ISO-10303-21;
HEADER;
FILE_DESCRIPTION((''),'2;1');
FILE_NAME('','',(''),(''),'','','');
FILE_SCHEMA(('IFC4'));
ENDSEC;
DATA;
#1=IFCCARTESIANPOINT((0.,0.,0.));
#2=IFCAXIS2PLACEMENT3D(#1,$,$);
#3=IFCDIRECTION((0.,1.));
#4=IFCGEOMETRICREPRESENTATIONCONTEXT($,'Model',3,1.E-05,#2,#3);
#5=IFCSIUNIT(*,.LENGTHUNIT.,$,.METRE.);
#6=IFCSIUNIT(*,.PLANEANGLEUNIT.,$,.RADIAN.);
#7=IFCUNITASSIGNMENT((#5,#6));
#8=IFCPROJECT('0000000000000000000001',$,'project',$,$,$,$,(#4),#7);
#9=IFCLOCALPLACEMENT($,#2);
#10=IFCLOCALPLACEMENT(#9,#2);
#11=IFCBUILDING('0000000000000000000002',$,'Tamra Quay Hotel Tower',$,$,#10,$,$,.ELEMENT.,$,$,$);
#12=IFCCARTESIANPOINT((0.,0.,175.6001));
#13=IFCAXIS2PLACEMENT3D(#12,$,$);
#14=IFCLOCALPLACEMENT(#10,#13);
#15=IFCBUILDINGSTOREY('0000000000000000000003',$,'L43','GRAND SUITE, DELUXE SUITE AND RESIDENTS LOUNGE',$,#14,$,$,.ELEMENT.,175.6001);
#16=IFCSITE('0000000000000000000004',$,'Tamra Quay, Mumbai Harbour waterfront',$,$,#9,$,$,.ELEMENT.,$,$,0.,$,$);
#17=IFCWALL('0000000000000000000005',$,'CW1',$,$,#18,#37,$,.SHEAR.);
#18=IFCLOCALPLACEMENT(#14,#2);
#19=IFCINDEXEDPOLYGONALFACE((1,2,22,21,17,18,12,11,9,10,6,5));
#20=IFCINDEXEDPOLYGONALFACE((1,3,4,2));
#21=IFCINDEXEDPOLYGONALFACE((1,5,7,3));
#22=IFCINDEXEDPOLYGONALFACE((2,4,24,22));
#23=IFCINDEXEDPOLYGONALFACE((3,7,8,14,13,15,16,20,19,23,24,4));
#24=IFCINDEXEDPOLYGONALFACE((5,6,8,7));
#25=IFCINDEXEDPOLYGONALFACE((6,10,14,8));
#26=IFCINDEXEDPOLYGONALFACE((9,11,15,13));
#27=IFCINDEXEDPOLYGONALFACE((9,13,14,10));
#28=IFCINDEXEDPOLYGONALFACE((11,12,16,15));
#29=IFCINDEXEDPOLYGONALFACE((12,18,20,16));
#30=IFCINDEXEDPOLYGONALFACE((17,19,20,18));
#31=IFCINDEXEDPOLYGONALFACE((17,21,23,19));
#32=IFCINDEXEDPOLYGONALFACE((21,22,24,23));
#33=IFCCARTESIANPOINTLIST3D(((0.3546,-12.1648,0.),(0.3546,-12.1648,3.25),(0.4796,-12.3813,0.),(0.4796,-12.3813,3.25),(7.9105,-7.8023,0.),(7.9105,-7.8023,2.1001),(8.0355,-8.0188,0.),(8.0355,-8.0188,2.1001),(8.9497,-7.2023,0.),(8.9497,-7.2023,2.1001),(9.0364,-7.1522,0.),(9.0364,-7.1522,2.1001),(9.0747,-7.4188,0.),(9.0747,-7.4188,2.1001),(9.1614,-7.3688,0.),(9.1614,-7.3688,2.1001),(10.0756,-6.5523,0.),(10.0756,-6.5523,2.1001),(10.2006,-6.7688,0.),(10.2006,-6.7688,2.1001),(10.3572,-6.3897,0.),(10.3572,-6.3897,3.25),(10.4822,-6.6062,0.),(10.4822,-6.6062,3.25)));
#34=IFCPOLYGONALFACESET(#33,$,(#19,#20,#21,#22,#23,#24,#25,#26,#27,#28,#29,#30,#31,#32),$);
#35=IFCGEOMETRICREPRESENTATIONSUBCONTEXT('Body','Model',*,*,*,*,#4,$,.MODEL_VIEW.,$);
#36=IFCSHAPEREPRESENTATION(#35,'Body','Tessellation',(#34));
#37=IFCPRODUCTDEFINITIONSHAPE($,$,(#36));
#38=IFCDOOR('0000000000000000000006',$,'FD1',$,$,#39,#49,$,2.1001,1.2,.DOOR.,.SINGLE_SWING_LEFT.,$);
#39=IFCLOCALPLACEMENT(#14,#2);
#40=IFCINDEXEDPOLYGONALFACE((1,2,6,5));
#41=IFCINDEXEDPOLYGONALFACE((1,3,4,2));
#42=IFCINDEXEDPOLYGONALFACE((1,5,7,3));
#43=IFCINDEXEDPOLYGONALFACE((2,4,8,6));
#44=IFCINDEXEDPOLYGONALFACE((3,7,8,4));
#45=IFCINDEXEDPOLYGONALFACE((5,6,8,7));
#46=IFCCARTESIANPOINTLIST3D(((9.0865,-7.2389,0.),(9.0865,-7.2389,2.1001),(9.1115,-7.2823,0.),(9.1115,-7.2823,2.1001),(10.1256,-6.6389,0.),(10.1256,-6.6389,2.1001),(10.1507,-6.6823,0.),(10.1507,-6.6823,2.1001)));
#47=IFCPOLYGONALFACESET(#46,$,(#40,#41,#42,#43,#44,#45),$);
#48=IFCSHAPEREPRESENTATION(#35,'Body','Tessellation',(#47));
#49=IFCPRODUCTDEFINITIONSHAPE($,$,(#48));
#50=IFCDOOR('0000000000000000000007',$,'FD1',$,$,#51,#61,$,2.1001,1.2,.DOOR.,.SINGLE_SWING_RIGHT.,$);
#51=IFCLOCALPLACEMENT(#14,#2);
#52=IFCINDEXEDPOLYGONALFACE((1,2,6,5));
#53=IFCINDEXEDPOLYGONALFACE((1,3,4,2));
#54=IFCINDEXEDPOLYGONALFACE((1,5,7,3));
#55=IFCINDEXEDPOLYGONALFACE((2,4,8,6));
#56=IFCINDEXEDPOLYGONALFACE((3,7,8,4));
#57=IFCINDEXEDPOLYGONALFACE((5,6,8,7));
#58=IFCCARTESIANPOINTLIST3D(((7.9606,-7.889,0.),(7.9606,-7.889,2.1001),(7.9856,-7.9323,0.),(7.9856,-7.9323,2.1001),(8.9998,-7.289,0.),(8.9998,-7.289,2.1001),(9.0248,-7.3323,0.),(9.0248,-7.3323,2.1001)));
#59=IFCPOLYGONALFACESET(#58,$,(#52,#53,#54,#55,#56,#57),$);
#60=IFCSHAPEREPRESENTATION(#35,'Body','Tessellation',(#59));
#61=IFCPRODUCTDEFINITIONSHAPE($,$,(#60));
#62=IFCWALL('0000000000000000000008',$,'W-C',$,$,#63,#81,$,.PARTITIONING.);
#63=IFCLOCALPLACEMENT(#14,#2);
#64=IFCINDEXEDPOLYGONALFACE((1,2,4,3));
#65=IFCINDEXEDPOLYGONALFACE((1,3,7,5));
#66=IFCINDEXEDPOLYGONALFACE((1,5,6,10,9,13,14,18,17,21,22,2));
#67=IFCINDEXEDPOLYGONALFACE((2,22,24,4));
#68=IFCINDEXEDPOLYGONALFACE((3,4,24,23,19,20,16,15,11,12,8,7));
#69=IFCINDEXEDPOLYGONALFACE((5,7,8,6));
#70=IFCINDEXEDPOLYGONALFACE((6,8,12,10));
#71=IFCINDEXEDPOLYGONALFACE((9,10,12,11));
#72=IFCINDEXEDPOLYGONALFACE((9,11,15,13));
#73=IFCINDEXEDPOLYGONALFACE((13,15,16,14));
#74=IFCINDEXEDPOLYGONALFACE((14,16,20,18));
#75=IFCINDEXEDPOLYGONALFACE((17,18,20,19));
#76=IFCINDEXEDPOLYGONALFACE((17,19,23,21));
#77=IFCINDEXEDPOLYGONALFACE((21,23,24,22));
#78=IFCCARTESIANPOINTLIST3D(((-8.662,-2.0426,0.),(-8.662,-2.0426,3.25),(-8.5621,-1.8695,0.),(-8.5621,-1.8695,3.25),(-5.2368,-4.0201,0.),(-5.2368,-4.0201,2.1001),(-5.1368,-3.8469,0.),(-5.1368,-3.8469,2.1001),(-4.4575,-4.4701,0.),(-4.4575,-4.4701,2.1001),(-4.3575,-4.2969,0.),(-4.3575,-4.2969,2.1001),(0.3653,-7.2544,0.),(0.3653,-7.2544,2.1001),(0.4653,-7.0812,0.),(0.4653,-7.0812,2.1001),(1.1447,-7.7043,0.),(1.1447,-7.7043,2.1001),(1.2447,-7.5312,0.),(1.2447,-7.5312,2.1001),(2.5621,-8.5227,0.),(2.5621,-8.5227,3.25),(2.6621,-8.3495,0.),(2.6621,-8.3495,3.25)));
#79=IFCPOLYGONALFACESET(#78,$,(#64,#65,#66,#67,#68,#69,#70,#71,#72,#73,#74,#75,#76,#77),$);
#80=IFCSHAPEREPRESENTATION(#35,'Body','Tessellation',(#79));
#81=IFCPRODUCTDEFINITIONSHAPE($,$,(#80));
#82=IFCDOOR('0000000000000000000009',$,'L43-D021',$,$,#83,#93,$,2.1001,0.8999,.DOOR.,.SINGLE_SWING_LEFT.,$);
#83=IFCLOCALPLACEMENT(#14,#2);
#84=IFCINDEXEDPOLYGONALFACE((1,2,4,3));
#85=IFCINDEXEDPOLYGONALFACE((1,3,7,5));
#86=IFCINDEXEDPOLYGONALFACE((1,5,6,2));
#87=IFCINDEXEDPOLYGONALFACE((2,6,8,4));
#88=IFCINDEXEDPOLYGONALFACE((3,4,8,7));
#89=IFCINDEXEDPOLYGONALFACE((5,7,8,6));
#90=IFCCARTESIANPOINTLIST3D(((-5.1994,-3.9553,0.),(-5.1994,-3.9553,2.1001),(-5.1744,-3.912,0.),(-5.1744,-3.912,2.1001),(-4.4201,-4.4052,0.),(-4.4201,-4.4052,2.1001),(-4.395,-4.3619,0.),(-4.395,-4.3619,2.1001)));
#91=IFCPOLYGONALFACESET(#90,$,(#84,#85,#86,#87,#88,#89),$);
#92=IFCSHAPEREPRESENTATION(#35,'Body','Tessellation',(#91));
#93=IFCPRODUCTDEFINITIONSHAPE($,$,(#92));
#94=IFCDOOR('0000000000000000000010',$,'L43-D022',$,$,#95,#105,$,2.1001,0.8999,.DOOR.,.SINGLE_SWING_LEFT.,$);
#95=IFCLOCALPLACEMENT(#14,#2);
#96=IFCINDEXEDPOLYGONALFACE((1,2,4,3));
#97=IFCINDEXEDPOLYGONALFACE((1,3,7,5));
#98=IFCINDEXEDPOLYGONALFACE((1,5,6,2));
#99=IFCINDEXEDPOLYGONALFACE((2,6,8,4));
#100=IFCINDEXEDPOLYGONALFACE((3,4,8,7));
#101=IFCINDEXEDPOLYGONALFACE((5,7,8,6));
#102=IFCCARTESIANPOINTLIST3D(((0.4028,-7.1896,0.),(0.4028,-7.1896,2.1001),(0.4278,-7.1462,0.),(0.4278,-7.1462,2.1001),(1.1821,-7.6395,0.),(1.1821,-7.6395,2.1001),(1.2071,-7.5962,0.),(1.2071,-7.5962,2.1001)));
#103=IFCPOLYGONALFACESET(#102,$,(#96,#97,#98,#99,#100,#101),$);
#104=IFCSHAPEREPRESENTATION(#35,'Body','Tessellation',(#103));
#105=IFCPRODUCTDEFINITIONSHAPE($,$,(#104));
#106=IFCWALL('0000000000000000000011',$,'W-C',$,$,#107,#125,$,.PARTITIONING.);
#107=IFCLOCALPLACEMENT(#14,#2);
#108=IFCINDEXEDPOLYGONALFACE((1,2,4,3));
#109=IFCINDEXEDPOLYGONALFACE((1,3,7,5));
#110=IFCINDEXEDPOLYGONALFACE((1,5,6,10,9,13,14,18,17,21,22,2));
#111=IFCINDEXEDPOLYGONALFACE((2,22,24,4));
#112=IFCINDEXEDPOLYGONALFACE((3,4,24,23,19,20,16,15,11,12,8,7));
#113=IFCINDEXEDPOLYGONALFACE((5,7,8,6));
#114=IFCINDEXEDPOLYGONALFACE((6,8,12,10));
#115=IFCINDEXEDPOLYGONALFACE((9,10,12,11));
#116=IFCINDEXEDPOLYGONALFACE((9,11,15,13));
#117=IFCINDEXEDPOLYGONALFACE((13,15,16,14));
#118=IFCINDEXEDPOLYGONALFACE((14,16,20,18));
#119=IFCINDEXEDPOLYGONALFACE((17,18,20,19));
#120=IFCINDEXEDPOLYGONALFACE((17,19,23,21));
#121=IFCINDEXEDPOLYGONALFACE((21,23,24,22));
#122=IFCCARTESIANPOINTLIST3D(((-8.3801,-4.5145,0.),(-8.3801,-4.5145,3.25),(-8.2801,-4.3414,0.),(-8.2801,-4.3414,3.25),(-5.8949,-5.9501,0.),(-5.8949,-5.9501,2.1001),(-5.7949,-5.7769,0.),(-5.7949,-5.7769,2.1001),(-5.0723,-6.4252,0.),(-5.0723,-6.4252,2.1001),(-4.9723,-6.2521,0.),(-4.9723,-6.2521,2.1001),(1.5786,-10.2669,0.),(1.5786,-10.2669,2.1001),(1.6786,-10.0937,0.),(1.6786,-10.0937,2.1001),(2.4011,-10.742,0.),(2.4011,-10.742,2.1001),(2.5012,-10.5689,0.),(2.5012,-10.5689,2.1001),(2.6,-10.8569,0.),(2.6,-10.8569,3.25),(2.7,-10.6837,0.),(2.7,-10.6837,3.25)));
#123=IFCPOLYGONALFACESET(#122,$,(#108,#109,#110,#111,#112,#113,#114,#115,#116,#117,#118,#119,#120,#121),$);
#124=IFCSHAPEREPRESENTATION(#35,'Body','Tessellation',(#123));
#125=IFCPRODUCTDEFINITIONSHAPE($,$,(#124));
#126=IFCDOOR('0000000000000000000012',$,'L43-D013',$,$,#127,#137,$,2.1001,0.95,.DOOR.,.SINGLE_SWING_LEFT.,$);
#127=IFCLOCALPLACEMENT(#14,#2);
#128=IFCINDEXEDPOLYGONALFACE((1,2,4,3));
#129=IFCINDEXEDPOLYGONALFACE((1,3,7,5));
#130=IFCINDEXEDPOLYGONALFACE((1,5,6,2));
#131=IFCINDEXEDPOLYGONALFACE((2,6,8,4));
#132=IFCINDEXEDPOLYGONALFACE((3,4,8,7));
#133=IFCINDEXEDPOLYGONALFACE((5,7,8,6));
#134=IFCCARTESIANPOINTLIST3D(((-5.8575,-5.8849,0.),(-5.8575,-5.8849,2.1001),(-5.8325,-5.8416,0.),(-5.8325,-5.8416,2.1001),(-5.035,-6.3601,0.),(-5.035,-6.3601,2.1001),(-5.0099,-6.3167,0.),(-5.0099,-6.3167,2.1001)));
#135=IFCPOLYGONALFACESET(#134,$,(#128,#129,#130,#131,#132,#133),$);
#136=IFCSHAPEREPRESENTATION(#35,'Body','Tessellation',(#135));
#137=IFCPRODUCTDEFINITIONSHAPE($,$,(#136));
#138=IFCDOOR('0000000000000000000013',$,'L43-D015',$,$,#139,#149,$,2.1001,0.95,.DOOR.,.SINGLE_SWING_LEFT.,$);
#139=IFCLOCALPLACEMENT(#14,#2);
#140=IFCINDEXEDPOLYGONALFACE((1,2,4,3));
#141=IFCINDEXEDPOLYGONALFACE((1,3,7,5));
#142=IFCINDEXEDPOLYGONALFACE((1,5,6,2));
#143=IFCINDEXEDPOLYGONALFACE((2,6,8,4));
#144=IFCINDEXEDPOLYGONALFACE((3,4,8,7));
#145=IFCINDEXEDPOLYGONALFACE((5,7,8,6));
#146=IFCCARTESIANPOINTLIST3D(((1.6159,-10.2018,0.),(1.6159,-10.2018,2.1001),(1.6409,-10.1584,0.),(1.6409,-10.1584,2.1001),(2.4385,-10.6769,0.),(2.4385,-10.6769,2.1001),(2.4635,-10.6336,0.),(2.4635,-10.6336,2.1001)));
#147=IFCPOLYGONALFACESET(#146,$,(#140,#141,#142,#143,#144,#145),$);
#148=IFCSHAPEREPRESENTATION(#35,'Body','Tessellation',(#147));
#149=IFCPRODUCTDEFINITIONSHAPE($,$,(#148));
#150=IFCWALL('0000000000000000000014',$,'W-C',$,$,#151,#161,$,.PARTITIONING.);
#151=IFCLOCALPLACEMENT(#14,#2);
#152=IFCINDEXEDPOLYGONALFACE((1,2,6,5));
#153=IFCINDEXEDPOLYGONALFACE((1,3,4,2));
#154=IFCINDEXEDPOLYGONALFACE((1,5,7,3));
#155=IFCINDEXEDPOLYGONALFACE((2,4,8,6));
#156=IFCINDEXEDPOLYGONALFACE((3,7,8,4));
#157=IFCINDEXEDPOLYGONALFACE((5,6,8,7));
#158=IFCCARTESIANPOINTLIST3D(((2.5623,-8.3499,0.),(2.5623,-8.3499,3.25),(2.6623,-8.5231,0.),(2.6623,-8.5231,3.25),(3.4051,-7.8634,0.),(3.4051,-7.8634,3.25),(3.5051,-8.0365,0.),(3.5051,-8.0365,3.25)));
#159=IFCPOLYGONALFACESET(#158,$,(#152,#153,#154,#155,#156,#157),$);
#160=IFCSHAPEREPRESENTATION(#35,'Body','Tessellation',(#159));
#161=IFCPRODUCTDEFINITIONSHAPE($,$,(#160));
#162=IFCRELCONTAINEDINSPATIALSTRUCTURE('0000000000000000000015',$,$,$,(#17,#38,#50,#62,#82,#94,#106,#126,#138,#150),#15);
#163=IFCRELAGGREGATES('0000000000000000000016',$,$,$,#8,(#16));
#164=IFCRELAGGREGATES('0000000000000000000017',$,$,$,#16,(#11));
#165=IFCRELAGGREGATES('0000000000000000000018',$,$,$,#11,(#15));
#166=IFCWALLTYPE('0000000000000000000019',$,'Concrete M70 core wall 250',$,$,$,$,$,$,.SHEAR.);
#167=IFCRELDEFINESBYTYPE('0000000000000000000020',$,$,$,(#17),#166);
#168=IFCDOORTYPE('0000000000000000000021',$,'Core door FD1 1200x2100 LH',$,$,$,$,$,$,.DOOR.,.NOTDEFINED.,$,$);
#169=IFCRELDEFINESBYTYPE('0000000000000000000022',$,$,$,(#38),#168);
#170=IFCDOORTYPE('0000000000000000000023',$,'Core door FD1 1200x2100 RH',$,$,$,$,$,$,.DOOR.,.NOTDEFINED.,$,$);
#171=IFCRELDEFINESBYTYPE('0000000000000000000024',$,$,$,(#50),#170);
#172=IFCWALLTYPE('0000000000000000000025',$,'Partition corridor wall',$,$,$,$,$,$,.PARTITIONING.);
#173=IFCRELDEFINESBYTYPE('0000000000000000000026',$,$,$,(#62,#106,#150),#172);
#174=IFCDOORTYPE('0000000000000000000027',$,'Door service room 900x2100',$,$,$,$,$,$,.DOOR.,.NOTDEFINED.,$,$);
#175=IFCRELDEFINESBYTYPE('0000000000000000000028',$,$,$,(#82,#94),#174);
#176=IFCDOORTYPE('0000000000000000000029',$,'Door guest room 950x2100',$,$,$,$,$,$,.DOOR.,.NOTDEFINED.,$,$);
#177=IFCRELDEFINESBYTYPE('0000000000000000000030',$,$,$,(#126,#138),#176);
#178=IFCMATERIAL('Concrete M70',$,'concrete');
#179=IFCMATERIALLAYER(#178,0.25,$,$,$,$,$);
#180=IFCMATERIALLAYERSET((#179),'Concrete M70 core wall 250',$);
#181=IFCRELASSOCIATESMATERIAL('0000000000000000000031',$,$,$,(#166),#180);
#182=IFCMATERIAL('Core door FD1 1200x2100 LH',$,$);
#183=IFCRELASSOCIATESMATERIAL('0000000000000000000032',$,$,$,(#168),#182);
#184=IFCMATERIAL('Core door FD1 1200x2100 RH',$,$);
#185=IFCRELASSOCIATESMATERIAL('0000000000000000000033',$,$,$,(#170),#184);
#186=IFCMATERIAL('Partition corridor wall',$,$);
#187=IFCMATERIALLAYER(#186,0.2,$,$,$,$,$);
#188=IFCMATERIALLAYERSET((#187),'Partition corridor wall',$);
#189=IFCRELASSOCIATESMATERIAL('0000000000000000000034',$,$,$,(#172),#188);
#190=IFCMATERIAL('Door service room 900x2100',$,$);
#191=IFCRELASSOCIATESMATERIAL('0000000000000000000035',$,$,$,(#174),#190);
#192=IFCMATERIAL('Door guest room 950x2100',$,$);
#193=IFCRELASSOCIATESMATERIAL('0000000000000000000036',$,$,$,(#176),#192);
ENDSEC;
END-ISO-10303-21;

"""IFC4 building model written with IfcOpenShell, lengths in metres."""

from ifc_helpers import new_model, si_unit, direction, frame, frame_2d, origin, place, context, subcontext, project, spatial, rectangle, extrude, material, layer, layer_set, type_object, element, fill, save


model = new_model("IFC4")

# Units and contexts
model_context = context("Model", 3, precision=1e-05, world=origin(), true_north=direction((0.0, 1.0)))
body_context = subcontext(model_context, "Body", "Model", "MODEL_VIEW")
ifc_project = project(units=[si_unit("LENGTHUNIT", "METRE"), si_unit("PLANEANGLEUNIT", "RADIAN")], contexts=[model_context])

# Site, building, storey
site_placement = place(None, origin())
site = spatial("IfcSite", under=ifc_project, at=site_placement, Name="Tamra Quay, Mumbai Harbour waterfront", CompositionType="ELEMENT", RefElevation=0.0)
building_placement = place(site_placement, origin())
building = spatial("IfcBuilding", under=site, at=building_placement, Name="Tamra Quay Hotel Tower", CompositionType="ELEMENT")
storey_placement = place(building_placement, frame((0.0, 0.0, 175.6001)))
storey = spatial("IfcBuildingStorey", under=building, at=storey_placement, Name="L43", Description="GRAND SUITE, DELUXE SUITE AND RESIDENTS LOUNGE", CompositionType="ELEMENT", Elevation=175.6001)

# Walls, openings, doors
ifc_material_1 = material(Name="Concrete M70", Category="concrete")
ifc_layer_1 = layer(ifc_material_1, 0.25)
ifc_layer_set_1 = layer_set([ifc_layer_1], Name="Concrete M70 core wall 250")
wall_type_1 = type_object("IfcWallType", Name="Concrete M70 core wall 250", PredefinedType="SHEAR", material=ifc_layer_set_1)
wall_1_placement = place(storey_placement, frame((0.4172, -12.2729, 0.0), z_axis=(0.0, 0.0, 1.0), x_axis=(0.866022, 0.500006, 0.0)))
wall_1 = element("IfcWall", 1, at=wall_1_placement, inside=storey, type_object=wall_type_1, Name="CW1", PredefinedType="SHEAR", context=body_context, shape_type="SweptSolid", body=[
    extrude(rectangle(XDim=11.55, YDim=0.25, at=frame_2d((5.7749, 0.0))), origin(), (0.0, 0.0, 1.0), 3.25),
])
opening_1_placement = place(wall_1_placement, frame((10.0247, 0.0, 0.0)))
opening_1 = element("IfcOpeningElement", 2, at=opening_1_placement, cuts=wall_1, PredefinedType="OPENING", context=body_context, shape_type="SweptSolid", body=[
    extrude(rectangle(XDim=1.2, YDim=2.1001, at=frame_2d((0.6001, 1.05))), frame((0.0, 0.135, 0.0), z_axis=(0.0, -1.0, 0.0), x_axis=(1.0, 0.0, 0.0)), (0.0, 0.0, 1.0), 0.27),
])
opening_2_placement = place(wall_1_placement, frame((8.7246, 0.0, 0.0)))
opening_2 = element("IfcOpeningElement", 3, at=opening_2_placement, cuts=wall_1, PredefinedType="OPENING", context=body_context, shape_type="SweptSolid", body=[
    extrude(rectangle(XDim=1.2, YDim=2.1001, at=frame_2d((0.6001, 1.05))), frame((0.0, 0.135, 0.0), z_axis=(0.0, -1.0, 0.0), x_axis=(1.0, 0.0, 0.0)), (0.0, 0.0, 1.0), 0.27),
])
ifc_material_2 = material(Name="Core door FD1 1200x2100 LH")
door_type_1 = type_object("IfcDoorType", Name="Core door FD1 1200x2100 LH", OperationType="NOTDEFINED", PredefinedType="DOOR", material=ifc_material_2)
door_1_placement = place(opening_1_placement, origin())
door_1 = element("IfcDoor", 4, at=door_1_placement, inside=storey, type_object=door_type_1, Name="FD1", OperationType="SINGLE_SWING_LEFT", OverallHeight=2.1001, OverallWidth=1.2, PredefinedType="DOOR", context=body_context, shape_type="SweptSolid", body=[
    extrude(rectangle(XDim=1.2, YDim=2.1001, at=frame_2d((0.6001, 1.05))), frame((0.0, 0.0249, 0.0), z_axis=(0.0, -1.0, 0.0), x_axis=(1.0, 0.0, 0.0)), (0.0, 0.0, 1.0), 0.05),
])
fill(opening_1, door_1)
ifc_material_3 = material(Name="Core door FD1 1200x2100 RH")
door_type_2 = type_object("IfcDoorType", Name="Core door FD1 1200x2100 RH", OperationType="NOTDEFINED", PredefinedType="DOOR", material=ifc_material_3)
door_2_placement = place(opening_2_placement, origin())
door_2 = element("IfcDoor", 5, at=door_2_placement, inside=storey, type_object=door_type_2, Name="FD1", OperationType="SINGLE_SWING_RIGHT", OverallHeight=2.1001, OverallWidth=1.2, PredefinedType="DOOR", context=body_context, shape_type="SweptSolid", body=[
    extrude(rectangle(XDim=1.2, YDim=2.1001, at=frame_2d((0.6001, 1.05))), frame((0.0, 0.0249, 0.0), z_axis=(0.0, -1.0, 0.0), x_axis=(1.0, 0.0, 0.0)), (0.0, 0.0, 1.0), 0.05),
])
fill(opening_2, door_2)
ifc_material_4 = material(Name="Partition corridor wall")
ifc_layer_2 = layer(ifc_material_4, 0.2)
ifc_layer_set_2 = layer_set([ifc_layer_2], Name="Partition corridor wall")
wall_type_2 = type_object("IfcWallType", Name="Partition corridor wall", PredefinedType="PARTITIONING", material=ifc_layer_set_2)
wall_2_placement = place(storey_placement, frame((-8.6121, -1.9561, 0.0), z_axis=(0.0, 0.0, 1.0), x_axis=(0.866034, -0.499984, 0.0)))
wall_2 = element("IfcWall", 6, at=wall_2_placement, inside=storey, type_object=wall_type_2, Name="W-C", PredefinedType="PARTITIONING", context=body_context, shape_type="SweptSolid", body=[
    extrude(rectangle(XDim=12.9604, YDim=0.2, at=frame_2d((6.4802, 0.0))), origin(), (0.0, 0.0, 1.0), 3.25),
])
opening_3_placement = place(wall_2_placement, frame((3.9551, 0.0, 0.0)))
opening_3 = element("IfcOpeningElement", 7, at=opening_3_placement, cuts=wall_2, PredefinedType="OPENING", context=body_context, shape_type="SweptSolid", body=[
    extrude(rectangle(XDim=0.8999, YDim=2.1001, at=frame_2d((0.45, 1.05))), frame((0.0, 0.1099, 0.0), z_axis=(0.0, -1.0, 0.0), x_axis=(1.0, 0.0, 0.0)), (0.0, 0.0, 1.0), 0.22),
])
opening_4_placement = place(wall_2_placement, frame((10.4238, 0.0, 0.0)))
opening_4 = element("IfcOpeningElement", 8, at=opening_4_placement, cuts=wall_2, PredefinedType="OPENING", context=body_context, shape_type="SweptSolid", body=[
    extrude(rectangle(XDim=0.8999, YDim=2.1001, at=frame_2d((0.45, 1.05))), frame((0.0, 0.1099, 0.0), z_axis=(0.0, -1.0, 0.0), x_axis=(1.0, 0.0, 0.0)), (0.0, 0.0, 1.0), 0.22),
])
ifc_material_5 = material(Name="Door service room 900x2100")
door_type_3 = type_object("IfcDoorType", Name="Door service room 900x2100", OperationType="NOTDEFINED", PredefinedType="DOOR", material=ifc_material_5)
door_3_placement = place(opening_3_placement, origin())
door_3 = element("IfcDoor", 9, at=door_3_placement, inside=storey, type_object=door_type_3, Name="L43-D021", OperationType="SINGLE_SWING_LEFT", OverallHeight=2.1001, OverallWidth=0.8999, PredefinedType="DOOR", context=body_context, shape_type="SweptSolid", body=[
    extrude(rectangle(XDim=0.8999, YDim=2.1001, at=frame_2d((0.45, 1.05))), frame((0.0, 0.0249, 0.0), z_axis=(0.0, -1.0, 0.0), x_axis=(1.0, 0.0, 0.0)), (0.0, 0.0, 1.0), 0.05),
])
fill(opening_3, door_3)
door_4_placement = place(opening_4_placement, origin())
door_4 = element("IfcDoor", 10, at=door_4_placement, inside=storey, type_object=door_type_3, Name="L43-D022", OperationType="SINGLE_SWING_LEFT", OverallHeight=2.1001, OverallWidth=0.8999, PredefinedType="DOOR", context=body_context, shape_type="SweptSolid", body=[
    extrude(rectangle(XDim=0.8999, YDim=2.1001, at=frame_2d((0.45, 1.05))), frame((0.0, 0.0249, 0.0), z_axis=(0.0, -1.0, 0.0), x_axis=(1.0, 0.0, 0.0)), (0.0, 0.0, 1.0), 0.05),
])
fill(opening_4, door_4)
wall_3_placement = place(storey_placement, frame((-8.3301, -4.428, 0.0), z_axis=(0.0, 0.0, 1.0), x_axis=(0.865923, -0.500177, 0.0)))
wall_3 = element("IfcWall", 11, at=wall_3_placement, inside=storey, type_object=wall_type_2, Name="W-C", PredefinedType="PARTITIONING", context=body_context, shape_type="SweptSolid", body=[
    extrude(rectangle(XDim=12.6802, YDim=0.2, at=frame_2d((6.3401, 0.0))), origin(), (0.0, 0.0, 1.0), 3.25),
])
opening_5_placement = place(wall_3_placement, frame((2.8699, 0.0, 0.0)))
opening_5 = element("IfcOpeningElement", 12, at=opening_5_placement, cuts=wall_3, PredefinedType="OPENING", context=body_context, shape_type="SweptSolid", body=[
    extrude(rectangle(XDim=0.95, YDim=2.1001, at=frame_2d((0.4751, 1.05))), frame((0.0, 0.1099, 0.0), z_axis=(0.0, -1.0, 0.0), x_axis=(1.0, 0.0, 0.0)), (0.0, 0.0, 1.0), 0.22),
])
opening_6_placement = place(wall_3_placement, frame((11.5005, 0.0, 0.0)))
opening_6 = element("IfcOpeningElement", 13, at=opening_6_placement, cuts=wall_3, PredefinedType="OPENING", context=body_context, shape_type="SweptSolid", body=[
    extrude(rectangle(XDim=0.95, YDim=2.1001, at=frame_2d((0.4751, 1.05))), frame((0.0, 0.1099, 0.0), z_axis=(0.0, -1.0, 0.0), x_axis=(1.0, 0.0, 0.0)), (0.0, 0.0, 1.0), 0.22),
])
ifc_material_6 = material(Name="Door guest room 950x2100")
door_type_4 = type_object("IfcDoorType", Name="Door guest room 950x2100", OperationType="NOTDEFINED", PredefinedType="DOOR", material=ifc_material_6)
door_5_placement = place(opening_5_placement, frame((0.95, 0.0, 0.0), z_axis=(0.0, 0.0, 1.0), x_axis=(-1.0, 0.0, 0.0)))
door_5 = element("IfcDoor", 14, at=door_5_placement, inside=storey, type_object=door_type_4, Name="L43-D013", OperationType="SINGLE_SWING_LEFT", OverallHeight=2.1001, OverallWidth=0.95, PredefinedType="DOOR", context=body_context, shape_type="SweptSolid", body=[
    extrude(rectangle(XDim=0.95, YDim=2.1001, at=frame_2d((0.4751, 1.05))), frame((0.0, 0.0249, 0.0), z_axis=(0.0, -1.0, 0.0), x_axis=(1.0, 0.0, 0.0)), (0.0, 0.0, 1.0), 0.05),
])
fill(opening_5, door_5)
door_6_placement = place(opening_6_placement, frame((0.95, 0.0, 0.0), z_axis=(0.0, 0.0, 1.0), x_axis=(-1.0, 0.0, 0.0)))
door_6 = element("IfcDoor", 15, at=door_6_placement, inside=storey, type_object=door_type_4, Name="L43-D015", OperationType="SINGLE_SWING_LEFT", OverallHeight=2.1001, OverallWidth=0.95, PredefinedType="DOOR", context=body_context, shape_type="SweptSolid", body=[
    extrude(rectangle(XDim=0.95, YDim=2.1001, at=frame_2d((0.4751, 1.05))), frame((0.0, 0.0249, 0.0), z_axis=(0.0, -1.0, 0.0), x_axis=(1.0, 0.0, 0.0)), (0.0, 0.0, 1.0), 0.05),
])
fill(opening_6, door_6)

# Wall
wall_4_placement = place(storey_placement, frame((2.6123, -8.4365, 0.0), z_axis=(0.0, 0.0, 1.0), x_axis=(0.866027, 0.499998, 0.0)))
element("IfcWall", 16, at=wall_4_placement, inside=storey, type_object=wall_type_2, Name="W-C", PredefinedType="PARTITIONING", context=body_context, shape_type="SweptSolid", body=[
    extrude(rectangle(XDim=0.9731, YDim=0.2, at=frame_2d((0.4866, 0.0))), origin(), (0.0, 0.0, 1.0), 3.25),
])

save(model, "model.ifc")
